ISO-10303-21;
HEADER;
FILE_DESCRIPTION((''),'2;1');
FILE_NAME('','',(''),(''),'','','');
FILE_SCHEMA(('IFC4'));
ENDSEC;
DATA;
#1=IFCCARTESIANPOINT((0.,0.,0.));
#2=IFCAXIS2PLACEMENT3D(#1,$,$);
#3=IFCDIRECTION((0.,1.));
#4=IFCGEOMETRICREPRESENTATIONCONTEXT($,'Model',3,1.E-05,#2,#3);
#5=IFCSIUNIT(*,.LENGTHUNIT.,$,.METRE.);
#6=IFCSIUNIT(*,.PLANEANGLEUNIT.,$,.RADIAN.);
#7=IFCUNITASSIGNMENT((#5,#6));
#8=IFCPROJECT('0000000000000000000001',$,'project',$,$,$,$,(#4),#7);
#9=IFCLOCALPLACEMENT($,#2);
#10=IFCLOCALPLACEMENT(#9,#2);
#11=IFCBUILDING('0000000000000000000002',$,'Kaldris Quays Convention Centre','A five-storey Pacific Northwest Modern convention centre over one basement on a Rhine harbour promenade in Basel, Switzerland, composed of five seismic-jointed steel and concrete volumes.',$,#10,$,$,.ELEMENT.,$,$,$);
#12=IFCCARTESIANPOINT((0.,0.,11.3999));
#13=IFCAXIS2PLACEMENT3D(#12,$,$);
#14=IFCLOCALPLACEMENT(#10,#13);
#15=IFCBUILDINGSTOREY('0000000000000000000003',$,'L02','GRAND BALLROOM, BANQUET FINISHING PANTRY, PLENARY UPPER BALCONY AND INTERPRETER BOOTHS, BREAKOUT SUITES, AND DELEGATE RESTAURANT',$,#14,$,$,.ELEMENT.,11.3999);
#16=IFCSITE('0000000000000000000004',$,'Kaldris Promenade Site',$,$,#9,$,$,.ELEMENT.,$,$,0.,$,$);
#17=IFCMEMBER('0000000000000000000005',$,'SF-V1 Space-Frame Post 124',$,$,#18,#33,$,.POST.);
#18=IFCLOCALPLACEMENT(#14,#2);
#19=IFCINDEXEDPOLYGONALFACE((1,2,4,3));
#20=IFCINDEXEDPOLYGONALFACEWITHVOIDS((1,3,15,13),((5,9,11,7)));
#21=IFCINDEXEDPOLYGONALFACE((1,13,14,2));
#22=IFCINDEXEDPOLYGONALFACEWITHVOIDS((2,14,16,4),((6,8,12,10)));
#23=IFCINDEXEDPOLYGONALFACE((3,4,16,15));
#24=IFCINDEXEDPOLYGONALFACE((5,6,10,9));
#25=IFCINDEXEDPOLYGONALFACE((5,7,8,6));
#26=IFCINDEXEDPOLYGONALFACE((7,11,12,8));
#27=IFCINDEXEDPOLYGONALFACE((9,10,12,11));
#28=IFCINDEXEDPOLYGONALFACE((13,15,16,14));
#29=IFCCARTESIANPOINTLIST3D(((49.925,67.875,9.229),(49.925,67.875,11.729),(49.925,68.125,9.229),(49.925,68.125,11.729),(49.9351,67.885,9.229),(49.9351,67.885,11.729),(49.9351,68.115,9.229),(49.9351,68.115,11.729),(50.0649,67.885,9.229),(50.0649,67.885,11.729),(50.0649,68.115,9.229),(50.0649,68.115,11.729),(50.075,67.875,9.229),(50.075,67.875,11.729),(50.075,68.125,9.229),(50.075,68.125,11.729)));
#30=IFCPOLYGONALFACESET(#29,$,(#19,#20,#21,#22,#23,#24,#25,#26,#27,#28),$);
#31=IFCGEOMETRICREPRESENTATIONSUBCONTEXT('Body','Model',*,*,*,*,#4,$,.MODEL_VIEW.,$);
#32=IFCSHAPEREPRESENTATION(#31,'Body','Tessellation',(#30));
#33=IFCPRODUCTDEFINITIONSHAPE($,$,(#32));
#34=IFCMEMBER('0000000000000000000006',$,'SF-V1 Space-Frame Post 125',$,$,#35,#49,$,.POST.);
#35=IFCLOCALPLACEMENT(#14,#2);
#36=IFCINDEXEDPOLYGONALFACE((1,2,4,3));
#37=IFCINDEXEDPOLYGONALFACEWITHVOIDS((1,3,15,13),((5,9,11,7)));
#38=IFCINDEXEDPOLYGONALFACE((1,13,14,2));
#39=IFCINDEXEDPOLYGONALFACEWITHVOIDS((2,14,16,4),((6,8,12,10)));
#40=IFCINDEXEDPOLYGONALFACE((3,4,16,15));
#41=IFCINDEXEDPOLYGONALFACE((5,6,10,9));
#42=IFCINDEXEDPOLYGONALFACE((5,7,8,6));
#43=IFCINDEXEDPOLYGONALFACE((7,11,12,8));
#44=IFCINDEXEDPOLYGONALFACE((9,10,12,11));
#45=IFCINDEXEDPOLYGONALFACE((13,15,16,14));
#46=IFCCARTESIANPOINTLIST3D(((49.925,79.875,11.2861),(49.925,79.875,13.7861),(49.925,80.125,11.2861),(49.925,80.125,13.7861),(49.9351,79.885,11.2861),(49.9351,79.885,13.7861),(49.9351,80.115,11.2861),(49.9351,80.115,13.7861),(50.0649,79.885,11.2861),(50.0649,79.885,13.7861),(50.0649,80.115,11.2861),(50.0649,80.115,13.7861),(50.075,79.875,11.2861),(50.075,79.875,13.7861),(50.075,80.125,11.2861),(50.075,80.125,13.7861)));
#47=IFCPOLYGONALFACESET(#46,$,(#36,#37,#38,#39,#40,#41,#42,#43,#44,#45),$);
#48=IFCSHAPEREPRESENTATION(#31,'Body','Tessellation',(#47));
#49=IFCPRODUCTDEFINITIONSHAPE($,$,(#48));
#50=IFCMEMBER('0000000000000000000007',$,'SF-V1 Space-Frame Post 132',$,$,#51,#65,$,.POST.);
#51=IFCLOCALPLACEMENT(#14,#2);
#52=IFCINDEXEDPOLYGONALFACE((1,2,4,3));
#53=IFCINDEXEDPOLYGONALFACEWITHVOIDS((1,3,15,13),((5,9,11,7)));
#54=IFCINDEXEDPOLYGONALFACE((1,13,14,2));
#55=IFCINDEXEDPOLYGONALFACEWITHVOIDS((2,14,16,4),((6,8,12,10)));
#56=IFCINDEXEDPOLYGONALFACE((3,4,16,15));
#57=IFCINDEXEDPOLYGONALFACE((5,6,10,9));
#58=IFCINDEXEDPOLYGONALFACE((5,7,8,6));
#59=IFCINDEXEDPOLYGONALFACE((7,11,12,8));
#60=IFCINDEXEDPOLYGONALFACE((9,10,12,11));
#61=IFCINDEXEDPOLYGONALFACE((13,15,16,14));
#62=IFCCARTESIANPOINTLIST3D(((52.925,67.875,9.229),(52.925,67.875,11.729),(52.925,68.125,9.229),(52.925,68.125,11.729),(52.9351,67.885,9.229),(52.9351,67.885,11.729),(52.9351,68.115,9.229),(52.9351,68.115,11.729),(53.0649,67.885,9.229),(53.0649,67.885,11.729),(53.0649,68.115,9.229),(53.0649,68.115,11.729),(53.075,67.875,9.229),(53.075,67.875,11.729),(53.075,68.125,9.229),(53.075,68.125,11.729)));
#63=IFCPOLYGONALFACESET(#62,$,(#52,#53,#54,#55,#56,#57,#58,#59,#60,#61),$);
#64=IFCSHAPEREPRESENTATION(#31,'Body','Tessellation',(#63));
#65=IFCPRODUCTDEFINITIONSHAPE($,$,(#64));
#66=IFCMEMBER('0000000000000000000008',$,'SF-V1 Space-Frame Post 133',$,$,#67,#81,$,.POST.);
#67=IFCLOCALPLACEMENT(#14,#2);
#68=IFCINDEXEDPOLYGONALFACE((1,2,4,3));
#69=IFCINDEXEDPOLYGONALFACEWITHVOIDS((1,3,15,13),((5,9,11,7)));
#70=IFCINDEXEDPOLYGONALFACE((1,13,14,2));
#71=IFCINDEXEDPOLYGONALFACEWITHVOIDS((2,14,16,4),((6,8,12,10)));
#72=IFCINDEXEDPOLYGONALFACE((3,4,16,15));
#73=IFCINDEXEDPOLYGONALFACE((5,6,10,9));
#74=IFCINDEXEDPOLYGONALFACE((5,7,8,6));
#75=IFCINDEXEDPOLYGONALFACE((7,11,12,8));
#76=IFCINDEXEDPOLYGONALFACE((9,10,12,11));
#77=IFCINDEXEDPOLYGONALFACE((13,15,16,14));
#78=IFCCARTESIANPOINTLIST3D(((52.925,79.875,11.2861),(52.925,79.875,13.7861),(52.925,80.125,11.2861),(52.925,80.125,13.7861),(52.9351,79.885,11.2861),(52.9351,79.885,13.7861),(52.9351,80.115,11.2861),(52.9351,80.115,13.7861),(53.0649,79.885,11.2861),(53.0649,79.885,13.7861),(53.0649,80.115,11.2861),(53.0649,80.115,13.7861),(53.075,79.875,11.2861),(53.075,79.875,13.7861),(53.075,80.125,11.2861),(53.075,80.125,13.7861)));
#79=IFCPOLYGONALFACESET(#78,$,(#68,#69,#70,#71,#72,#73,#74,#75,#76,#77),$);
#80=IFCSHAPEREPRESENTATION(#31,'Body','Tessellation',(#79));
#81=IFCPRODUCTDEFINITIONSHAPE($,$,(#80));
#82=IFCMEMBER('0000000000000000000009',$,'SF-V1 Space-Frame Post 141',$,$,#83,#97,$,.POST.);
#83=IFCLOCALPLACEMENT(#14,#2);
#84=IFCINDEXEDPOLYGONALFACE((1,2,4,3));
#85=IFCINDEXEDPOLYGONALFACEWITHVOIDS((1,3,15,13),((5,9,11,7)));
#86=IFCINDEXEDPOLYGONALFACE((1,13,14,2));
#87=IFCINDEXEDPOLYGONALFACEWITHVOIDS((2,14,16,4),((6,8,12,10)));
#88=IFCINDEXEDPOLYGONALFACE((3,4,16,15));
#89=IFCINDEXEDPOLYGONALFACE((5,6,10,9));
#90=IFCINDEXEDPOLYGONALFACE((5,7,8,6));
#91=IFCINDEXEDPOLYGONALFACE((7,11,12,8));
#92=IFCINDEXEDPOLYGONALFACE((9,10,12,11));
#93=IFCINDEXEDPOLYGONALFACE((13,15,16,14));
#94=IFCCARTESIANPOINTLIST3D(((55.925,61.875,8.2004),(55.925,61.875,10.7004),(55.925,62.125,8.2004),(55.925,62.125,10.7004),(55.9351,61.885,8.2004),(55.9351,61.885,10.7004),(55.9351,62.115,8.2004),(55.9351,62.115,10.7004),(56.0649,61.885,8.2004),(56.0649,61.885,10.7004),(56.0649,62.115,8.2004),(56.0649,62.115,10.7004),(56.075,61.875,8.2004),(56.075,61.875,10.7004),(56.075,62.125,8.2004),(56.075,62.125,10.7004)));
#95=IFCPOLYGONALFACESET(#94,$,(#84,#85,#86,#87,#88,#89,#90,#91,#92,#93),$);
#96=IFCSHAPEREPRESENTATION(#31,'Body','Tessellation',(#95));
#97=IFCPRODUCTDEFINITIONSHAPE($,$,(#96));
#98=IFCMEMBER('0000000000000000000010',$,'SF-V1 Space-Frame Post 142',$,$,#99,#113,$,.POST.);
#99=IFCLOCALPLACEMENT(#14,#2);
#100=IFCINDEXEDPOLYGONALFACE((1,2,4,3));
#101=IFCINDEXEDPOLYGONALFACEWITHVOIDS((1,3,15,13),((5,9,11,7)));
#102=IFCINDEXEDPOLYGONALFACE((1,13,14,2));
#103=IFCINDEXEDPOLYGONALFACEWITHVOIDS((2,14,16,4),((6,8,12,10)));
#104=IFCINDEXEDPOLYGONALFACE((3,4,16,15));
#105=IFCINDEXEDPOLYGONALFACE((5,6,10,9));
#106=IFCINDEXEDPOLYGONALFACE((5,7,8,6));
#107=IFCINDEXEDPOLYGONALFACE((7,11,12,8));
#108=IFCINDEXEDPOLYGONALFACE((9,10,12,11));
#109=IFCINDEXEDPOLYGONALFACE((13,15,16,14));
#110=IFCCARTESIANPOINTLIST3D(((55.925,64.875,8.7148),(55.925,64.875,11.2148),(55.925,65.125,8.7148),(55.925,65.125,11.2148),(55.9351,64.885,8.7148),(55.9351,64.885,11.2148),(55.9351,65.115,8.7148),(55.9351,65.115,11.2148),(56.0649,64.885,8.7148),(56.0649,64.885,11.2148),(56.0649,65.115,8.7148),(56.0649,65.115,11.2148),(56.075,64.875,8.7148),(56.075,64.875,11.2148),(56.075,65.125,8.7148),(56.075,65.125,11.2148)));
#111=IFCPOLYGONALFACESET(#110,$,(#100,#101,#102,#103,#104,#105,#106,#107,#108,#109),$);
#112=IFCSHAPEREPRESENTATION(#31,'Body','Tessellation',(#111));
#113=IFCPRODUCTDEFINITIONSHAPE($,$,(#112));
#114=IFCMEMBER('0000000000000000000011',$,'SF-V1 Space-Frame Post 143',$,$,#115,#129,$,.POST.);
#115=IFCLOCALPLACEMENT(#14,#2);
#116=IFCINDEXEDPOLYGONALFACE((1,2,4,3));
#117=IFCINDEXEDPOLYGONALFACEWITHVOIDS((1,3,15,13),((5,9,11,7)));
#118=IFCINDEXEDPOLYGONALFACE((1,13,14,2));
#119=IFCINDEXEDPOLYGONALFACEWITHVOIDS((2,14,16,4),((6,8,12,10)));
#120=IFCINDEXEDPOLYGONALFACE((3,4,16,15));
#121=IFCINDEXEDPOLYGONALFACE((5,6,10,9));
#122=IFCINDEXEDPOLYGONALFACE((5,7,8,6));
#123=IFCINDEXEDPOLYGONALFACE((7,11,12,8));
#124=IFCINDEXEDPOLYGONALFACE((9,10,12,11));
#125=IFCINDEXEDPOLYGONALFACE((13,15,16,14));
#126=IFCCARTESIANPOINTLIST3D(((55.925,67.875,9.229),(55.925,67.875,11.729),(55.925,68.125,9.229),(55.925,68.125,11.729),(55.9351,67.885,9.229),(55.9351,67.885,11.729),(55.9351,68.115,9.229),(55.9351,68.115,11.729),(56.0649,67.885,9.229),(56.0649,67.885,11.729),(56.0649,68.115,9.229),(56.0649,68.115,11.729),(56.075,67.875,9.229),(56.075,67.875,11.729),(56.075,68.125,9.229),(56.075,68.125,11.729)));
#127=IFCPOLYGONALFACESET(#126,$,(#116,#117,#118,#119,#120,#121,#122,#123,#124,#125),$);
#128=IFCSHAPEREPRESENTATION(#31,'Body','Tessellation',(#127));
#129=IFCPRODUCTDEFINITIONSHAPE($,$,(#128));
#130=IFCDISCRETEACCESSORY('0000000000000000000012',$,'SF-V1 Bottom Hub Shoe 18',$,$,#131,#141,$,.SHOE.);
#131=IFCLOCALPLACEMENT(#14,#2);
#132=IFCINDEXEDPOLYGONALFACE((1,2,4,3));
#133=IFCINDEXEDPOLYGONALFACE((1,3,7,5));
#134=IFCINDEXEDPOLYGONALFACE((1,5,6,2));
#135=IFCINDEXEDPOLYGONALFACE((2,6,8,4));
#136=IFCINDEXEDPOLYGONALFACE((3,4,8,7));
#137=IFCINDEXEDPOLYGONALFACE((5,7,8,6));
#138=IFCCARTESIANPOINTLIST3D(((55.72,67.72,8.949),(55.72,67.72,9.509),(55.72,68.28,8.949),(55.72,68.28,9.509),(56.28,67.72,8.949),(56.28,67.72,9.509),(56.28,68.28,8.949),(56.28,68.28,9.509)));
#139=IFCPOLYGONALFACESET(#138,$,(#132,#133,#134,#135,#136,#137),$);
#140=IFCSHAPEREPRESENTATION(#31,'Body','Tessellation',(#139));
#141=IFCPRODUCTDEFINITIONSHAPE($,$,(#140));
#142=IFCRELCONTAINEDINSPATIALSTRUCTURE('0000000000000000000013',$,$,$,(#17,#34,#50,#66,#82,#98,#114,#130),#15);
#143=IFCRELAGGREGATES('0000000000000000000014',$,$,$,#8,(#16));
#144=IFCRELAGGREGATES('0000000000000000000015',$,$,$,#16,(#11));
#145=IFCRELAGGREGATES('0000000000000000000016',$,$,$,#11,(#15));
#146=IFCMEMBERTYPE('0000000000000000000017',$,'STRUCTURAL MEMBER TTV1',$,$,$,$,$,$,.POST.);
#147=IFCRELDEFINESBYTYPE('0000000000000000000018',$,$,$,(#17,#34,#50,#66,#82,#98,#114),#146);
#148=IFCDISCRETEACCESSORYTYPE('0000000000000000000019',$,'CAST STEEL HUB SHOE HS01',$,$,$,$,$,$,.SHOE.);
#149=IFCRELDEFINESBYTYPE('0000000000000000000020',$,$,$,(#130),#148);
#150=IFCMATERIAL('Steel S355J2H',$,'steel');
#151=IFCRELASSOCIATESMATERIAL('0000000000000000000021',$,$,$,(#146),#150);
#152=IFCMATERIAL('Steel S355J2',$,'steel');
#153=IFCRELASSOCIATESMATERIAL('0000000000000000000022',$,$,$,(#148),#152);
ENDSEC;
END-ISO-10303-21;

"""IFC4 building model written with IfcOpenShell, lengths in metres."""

from ifc_helpers import new_model, si_unit, direction, frame, origin, origin_2d, place, context, subcontext, project, spatial, rectangle, hollow_rectangle, extrude, material, material_profile, profile_set, type_object, element, save


model = new_model("IFC4")

# Units and contexts
model_context = context("Model", 3, precision=1e-05, world=origin(), true_north=direction((0.0, 1.0)))
body_context = subcontext(model_context, "Body", "Model", "MODEL_VIEW")
ifc_project = project(units=[si_unit("LENGTHUNIT", "METRE"), si_unit("PLANEANGLEUNIT", "RADIAN")], contexts=[model_context])

# Site, building, storey
site_placement = place(None, origin())
site = spatial("IfcSite", under=ifc_project, at=site_placement, Name="Kaldris Promenade Site", CompositionType="ELEMENT", RefElevation=0.0)
building_placement = place(site_placement, origin())
building = spatial("IfcBuilding", under=site, at=building_placement, Name="Kaldris Quays Convention Centre", Description="A five-storey Pacific Northwest Modern convention centre over one basement on a Rhine harbour promenade in Basel, Switzerland, composed of five seismic-jointed steel and concrete volumes.", CompositionType="ELEMENT")
storey_placement = place(building_placement, frame((0.0, 0.0, 11.3999)))
storey = spatial("IfcBuildingStorey", under=building, at=storey_placement, Name="L02", Description="GRAND BALLROOM, BANQUET FINISHING PANTRY, PLENARY UPPER BALCONY AND INTERPRETER BOOTHS, BREAKOUT SUITES, AND DELEGATE RESTAURANT", CompositionType="ELEMENT", Elevation=11.3999)

# Members
ifc_material_1 = material(Name="Steel S355J2H", Category="steel")
ifc_material_profile_1 = material_profile(ifc_material_1, hollow_rectangle(XDim=0.1499, YDim=0.25, WallThickness=0.01, at=origin_2d()), Name="RHS 250x150x10")
ifc_profile_set_1 = profile_set([ifc_material_profile_1], Name="Steel S355J2H")
member_type_1 = type_object("IfcMemberType", Name="STRUCTURAL MEMBER TTV1", PredefinedType="POST", material=ifc_profile_set_1)
for number, where, z_axis, x_axis, name in (
    (1, (50.0, 68.0, 9.229), (0.0, 0.0, 1.0), (1.0, 0.0, 0.0), "SF-V1 Space-Frame Post 124"),
    (2, (50.0, 80.0, 11.2861), (0.0, 0.0, 1.0), (1.0, 0.0, 0.0), "SF-V1 Space-Frame Post 125"),
    (3, (53.0, 68.0, 9.229), (0.0, 0.0, 1.0), (1.0, 0.0, 0.0), "SF-V1 Space-Frame Post 132"),
    (4, (53.0, 80.0, 11.2861), (0.0, 0.0, 1.0), (1.0, 0.0, 0.0), "SF-V1 Space-Frame Post 133"),
    (5, (56.0, 62.0, 8.2004), (0.0, 0.0, 1.0), (1.0, 0.0, 0.0), "SF-V1 Space-Frame Post 141"),
    (6, (56.0, 65.0, 8.7148), (0.0, 0.0, 1.0), (1.0, 0.0, 0.0), "SF-V1 Space-Frame Post 142"),
    (7, (56.0, 68.0, 9.229), (0.0, 0.0, 1.0), (1.0, 0.0, 0.0), "SF-V1 Space-Frame Post 143"),
):
    element("IfcMember", number, at=place(storey_placement, frame(where, z_axis=z_axis, x_axis=x_axis)), inside=storey, type_object=member_type_1, Name=name, PredefinedType="POST", context=body_context, shape_type="SweptSolid", body=[
        extrude(hollow_rectangle(XDim=0.1499, YDim=0.25, WallThickness=0.01, at=origin_2d()), origin(), (0.0, 0.0, 1.0), 2.5),
    ])

# Discrete accessory
ifc_material_2 = material(Name="Steel S355J2", Category="steel")
discrete_accessory_type = type_object("IfcDiscreteAccessoryType", Name="CAST STEEL HUB SHOE HS01", PredefinedType="SHOE", material=ifc_material_2)
discrete_accessory_placement = place(storey_placement, frame((56.0, 68.0, 8.949), z_axis=(0.0, 0.0, 1.0), x_axis=(1.0, 0.0, 0.0)))
element("IfcDiscreteAccessory", 8, at=discrete_accessory_placement, inside=storey, type_object=discrete_accessory_type, Name="SF-V1 Bottom Hub Shoe 18", PredefinedType="SHOE", context=body_context, shape_type="SweptSolid", body=[
    extrude(rectangle(XDim=0.5601, YDim=0.5601, at=origin_2d()), origin(), (0.0, 0.0, 1.0), 0.5601),
])

save(model, "model.ifc")
